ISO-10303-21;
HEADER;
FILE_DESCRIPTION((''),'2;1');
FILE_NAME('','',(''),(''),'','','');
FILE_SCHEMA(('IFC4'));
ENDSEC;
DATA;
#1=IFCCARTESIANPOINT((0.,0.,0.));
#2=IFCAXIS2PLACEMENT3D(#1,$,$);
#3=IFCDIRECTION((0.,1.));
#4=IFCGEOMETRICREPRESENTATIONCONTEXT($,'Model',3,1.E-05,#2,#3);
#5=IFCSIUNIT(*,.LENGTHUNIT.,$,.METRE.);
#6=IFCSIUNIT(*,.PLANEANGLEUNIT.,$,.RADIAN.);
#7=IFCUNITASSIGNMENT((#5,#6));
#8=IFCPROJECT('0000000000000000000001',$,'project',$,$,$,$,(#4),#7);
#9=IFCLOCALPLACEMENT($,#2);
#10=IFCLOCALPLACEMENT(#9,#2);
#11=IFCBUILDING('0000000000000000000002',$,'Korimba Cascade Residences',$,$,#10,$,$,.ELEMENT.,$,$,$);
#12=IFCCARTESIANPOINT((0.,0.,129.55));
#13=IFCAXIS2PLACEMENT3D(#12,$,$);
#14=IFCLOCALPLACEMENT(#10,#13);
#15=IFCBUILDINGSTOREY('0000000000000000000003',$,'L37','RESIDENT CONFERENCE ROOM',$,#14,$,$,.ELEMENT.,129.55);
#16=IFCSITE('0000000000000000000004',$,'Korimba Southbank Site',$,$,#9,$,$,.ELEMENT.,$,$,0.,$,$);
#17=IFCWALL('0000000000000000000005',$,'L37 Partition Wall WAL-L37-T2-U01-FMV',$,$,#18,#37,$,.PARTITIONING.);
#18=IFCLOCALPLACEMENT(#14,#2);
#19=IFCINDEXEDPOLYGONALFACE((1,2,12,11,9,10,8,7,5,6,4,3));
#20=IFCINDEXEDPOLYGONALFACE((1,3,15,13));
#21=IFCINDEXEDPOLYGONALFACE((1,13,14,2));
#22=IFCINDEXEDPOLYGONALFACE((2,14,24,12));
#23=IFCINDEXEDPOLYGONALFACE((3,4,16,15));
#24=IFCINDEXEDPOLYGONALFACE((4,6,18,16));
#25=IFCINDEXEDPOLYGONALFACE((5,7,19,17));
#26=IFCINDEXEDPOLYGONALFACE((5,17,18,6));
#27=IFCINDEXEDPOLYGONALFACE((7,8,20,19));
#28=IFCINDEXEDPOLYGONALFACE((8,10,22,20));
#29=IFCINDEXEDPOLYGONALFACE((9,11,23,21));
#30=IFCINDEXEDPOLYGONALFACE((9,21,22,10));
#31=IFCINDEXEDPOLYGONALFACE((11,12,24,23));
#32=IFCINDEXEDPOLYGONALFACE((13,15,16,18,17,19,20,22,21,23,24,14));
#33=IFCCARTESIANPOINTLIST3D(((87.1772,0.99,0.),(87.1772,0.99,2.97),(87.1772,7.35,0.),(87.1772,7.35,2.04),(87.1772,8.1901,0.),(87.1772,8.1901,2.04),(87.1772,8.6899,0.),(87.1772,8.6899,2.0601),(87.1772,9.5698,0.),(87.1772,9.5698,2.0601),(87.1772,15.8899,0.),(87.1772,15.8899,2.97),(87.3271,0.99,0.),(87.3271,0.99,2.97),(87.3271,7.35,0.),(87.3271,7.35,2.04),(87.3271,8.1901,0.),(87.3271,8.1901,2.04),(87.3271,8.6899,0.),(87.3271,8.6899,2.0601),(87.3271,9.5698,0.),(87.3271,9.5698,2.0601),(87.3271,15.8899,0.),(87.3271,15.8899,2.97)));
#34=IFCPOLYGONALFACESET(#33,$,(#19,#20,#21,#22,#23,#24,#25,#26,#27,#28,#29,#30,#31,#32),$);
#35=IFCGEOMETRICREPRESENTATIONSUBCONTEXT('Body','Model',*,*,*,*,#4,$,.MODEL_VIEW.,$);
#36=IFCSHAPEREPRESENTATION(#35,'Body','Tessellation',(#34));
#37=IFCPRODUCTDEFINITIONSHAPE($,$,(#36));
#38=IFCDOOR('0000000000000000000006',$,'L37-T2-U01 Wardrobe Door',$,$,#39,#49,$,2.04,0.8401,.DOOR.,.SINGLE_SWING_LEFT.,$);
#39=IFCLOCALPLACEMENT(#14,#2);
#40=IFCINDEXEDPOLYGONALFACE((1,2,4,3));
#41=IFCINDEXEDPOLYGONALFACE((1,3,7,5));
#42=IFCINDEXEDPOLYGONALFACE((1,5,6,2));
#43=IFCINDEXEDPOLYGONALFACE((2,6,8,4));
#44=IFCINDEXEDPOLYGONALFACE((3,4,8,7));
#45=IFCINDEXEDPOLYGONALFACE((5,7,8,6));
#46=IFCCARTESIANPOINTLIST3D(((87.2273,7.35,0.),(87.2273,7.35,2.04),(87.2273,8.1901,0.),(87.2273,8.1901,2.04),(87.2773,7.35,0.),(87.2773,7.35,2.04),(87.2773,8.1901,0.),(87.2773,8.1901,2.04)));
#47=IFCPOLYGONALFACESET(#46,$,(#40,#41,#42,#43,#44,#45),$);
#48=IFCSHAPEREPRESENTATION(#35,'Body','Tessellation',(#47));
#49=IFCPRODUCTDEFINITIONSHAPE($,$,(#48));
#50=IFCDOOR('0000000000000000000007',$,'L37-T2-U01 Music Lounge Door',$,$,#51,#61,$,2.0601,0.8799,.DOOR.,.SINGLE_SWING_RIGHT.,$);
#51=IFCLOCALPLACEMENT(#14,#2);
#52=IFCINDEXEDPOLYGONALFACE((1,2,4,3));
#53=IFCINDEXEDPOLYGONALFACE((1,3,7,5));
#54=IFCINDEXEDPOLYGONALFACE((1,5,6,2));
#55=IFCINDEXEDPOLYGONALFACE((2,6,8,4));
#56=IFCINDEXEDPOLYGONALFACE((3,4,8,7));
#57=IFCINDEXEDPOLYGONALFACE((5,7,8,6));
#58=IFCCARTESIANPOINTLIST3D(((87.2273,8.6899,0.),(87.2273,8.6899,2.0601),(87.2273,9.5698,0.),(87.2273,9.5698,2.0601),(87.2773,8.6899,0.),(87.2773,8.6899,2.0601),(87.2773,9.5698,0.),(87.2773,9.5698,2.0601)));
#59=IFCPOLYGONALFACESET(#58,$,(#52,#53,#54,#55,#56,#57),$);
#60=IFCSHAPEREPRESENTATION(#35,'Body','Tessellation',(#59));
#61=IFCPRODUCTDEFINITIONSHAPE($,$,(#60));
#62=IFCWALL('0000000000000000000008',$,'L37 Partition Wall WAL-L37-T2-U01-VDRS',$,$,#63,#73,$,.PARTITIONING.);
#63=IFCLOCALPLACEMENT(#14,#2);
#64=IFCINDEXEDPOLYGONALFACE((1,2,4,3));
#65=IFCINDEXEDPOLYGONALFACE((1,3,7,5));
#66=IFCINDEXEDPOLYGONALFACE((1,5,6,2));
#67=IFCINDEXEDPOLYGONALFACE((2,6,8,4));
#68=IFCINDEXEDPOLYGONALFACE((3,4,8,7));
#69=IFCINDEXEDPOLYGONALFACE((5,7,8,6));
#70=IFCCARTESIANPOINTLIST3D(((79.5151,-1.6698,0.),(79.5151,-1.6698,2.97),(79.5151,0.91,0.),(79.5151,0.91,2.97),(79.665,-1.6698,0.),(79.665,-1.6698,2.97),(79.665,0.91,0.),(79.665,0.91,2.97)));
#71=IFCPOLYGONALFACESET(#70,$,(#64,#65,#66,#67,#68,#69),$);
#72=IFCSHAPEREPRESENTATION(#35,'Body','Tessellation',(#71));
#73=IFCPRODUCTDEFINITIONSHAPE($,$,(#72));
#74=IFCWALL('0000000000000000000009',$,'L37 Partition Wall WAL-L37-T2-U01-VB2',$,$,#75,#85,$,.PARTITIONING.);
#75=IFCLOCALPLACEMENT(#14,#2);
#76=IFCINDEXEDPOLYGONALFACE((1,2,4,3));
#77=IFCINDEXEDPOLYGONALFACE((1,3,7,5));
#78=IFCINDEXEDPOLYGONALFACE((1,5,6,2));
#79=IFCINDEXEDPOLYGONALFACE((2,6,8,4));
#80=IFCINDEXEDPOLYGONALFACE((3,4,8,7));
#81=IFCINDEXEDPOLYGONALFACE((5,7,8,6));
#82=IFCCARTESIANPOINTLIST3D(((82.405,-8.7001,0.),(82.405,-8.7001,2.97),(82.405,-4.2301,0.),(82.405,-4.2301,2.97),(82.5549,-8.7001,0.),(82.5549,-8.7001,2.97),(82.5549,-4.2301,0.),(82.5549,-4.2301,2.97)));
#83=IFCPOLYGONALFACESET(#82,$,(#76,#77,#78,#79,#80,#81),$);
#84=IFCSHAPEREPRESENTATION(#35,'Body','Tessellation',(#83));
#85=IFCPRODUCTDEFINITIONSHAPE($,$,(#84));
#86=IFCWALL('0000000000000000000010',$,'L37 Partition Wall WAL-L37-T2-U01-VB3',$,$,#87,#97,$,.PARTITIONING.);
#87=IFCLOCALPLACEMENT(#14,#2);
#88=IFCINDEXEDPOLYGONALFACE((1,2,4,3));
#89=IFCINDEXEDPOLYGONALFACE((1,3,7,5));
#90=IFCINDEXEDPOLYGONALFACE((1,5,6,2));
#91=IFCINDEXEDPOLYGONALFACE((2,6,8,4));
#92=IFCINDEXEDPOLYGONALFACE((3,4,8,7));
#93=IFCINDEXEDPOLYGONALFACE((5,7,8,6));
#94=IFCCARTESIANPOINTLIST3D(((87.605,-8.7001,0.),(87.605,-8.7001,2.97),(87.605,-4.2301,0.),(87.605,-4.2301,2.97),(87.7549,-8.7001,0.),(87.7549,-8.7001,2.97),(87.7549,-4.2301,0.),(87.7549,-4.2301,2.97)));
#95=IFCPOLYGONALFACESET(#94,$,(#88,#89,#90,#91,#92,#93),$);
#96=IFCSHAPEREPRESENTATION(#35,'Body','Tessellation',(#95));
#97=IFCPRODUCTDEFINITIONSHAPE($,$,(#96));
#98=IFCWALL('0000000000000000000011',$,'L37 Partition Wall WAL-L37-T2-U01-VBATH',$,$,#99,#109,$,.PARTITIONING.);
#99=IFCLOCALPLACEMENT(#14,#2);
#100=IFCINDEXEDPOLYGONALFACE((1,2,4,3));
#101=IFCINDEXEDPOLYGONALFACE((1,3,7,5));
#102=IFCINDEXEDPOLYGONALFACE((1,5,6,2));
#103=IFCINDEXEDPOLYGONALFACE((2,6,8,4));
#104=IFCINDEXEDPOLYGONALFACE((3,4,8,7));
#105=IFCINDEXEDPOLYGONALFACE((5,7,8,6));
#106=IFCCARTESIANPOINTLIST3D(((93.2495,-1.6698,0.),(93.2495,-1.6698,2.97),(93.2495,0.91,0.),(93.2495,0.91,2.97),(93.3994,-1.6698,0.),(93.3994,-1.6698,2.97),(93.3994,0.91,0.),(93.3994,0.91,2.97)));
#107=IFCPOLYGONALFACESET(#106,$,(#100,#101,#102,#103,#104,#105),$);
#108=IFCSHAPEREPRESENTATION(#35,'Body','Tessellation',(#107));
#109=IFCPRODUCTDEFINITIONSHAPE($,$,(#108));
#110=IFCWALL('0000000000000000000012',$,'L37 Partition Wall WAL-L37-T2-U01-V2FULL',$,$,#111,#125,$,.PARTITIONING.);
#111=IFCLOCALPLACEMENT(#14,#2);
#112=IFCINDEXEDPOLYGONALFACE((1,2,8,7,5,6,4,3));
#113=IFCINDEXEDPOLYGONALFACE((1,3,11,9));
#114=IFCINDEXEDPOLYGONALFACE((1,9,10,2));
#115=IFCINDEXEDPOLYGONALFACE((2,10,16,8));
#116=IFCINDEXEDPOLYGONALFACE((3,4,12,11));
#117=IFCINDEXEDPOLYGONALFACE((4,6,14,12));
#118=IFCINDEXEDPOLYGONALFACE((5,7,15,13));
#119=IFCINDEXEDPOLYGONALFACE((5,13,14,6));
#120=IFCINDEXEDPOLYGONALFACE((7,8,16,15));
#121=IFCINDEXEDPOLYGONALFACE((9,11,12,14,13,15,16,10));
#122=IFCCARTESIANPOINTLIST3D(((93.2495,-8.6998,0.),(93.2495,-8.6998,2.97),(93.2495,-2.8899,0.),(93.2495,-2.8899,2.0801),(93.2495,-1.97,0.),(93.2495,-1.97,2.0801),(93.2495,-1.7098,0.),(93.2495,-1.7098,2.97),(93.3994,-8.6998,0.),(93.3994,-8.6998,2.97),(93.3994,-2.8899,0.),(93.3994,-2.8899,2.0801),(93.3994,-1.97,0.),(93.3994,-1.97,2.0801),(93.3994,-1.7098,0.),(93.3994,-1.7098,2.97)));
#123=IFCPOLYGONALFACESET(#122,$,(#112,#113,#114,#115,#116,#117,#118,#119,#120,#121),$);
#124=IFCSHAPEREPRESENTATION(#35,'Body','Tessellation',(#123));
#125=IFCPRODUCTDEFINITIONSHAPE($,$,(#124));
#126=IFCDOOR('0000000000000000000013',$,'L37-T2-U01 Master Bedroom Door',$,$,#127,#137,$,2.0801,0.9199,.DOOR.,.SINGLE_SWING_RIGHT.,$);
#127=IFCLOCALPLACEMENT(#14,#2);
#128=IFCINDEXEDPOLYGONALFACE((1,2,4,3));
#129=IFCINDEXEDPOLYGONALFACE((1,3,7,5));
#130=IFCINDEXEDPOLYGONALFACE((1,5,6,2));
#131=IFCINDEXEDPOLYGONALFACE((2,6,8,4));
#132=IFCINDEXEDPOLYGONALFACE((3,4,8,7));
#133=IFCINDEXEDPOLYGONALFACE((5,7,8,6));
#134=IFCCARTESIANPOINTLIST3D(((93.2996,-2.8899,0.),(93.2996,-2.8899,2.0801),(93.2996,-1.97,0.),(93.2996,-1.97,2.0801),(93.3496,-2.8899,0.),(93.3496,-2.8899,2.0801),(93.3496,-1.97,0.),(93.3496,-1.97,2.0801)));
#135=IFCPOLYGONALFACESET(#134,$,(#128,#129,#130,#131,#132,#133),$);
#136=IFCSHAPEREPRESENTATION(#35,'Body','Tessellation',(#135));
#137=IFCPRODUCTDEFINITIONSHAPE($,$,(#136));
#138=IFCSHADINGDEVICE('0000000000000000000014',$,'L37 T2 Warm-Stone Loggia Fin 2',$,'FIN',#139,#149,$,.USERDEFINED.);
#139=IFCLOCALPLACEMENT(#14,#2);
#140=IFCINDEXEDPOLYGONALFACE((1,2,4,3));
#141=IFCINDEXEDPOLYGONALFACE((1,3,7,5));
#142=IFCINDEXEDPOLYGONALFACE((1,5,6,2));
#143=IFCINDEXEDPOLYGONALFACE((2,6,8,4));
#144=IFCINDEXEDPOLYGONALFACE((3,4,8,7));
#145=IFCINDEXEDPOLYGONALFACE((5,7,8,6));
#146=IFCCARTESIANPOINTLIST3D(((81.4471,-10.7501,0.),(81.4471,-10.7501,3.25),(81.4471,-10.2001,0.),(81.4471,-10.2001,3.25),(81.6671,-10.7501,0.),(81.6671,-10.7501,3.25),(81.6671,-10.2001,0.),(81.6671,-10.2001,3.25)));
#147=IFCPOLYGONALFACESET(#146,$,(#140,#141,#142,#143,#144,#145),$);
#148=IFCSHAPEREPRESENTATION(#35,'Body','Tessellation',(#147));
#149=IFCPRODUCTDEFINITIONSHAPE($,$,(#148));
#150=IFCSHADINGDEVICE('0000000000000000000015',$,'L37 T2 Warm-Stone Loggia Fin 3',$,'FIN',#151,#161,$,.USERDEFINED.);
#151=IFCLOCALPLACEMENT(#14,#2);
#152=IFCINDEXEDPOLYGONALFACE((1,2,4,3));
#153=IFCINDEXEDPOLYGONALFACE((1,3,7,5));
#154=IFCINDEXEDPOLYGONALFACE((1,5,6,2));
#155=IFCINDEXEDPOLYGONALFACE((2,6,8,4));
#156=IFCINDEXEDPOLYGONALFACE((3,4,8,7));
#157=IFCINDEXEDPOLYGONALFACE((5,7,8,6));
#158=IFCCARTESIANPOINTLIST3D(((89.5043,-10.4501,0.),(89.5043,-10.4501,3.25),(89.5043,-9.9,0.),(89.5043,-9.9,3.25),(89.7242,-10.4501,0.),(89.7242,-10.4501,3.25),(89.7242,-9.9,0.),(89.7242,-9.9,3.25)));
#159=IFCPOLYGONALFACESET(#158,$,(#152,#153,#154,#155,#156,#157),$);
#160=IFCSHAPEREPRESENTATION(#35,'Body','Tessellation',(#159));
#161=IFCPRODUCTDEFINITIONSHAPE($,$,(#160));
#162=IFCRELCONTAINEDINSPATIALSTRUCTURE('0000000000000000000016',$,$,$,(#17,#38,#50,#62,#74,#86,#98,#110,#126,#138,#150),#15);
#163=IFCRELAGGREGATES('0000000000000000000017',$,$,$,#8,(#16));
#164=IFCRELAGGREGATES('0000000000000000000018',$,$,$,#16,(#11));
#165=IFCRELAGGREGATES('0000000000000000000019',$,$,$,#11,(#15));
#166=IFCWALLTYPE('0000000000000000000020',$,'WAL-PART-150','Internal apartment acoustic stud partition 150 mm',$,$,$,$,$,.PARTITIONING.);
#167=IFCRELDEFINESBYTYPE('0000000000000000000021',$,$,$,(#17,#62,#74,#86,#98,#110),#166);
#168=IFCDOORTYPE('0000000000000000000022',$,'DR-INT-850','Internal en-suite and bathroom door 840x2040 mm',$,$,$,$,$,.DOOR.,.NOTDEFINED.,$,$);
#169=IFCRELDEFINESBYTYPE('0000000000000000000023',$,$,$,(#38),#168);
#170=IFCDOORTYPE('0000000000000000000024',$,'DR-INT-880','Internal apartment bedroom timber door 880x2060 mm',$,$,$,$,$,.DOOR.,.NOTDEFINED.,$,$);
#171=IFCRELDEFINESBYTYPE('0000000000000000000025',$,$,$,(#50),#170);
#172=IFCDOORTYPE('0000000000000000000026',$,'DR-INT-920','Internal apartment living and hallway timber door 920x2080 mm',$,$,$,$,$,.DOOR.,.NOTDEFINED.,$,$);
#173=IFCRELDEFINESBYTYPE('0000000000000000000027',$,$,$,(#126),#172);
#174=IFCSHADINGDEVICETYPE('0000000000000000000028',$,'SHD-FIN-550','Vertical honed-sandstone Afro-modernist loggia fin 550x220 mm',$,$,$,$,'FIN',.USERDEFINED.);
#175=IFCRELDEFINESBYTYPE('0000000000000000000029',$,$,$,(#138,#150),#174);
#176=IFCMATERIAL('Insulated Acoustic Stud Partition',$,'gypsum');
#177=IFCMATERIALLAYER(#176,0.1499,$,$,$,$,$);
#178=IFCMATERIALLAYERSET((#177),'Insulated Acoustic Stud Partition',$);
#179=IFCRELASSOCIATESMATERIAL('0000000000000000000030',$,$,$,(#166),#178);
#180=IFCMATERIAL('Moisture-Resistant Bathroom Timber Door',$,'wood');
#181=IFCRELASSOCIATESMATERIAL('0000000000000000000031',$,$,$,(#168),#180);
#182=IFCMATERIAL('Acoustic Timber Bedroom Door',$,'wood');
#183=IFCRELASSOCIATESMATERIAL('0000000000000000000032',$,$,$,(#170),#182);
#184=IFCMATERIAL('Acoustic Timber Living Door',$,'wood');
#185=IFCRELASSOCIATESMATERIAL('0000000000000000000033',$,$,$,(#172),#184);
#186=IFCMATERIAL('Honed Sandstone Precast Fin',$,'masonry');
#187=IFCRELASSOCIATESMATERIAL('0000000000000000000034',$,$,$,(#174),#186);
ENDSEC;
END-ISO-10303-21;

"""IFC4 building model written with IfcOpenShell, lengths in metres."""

from ifc_helpers import new_model, si_unit, direction, frame, frame_2d, origin, origin_2d, place, context, subcontext, project, spatial, rectangle, extrude, material, layer, layer_set, type_object, element, fill, save


model = new_model("IFC4")

# Units and contexts
model_context = context("Model", 3, precision=1e-05, world=origin(), true_north=direction((0.0, 1.0)))
body_context = subcontext(model_context, "Body", "Model", "MODEL_VIEW")
ifc_project = project(units=[si_unit("LENGTHUNIT", "METRE"), si_unit("PLANEANGLEUNIT", "RADIAN")], contexts=[model_context])

# Site, building, storey
site_placement = place(None, origin())
site = spatial("IfcSite", under=ifc_project, at=site_placement, Name="Korimba Southbank Site", CompositionType="ELEMENT", RefElevation=0.0)
building_placement = place(site_placement, origin())
building = spatial("IfcBuilding", under=site, at=building_placement, Name="Korimba Cascade Residences", CompositionType="ELEMENT")
storey_placement = place(building_placement, frame((0.0, 0.0, 129.55)))
storey = spatial("IfcBuildingStorey", under=building, at=storey_placement, Name="L37", Description="RESIDENT CONFERENCE ROOM", CompositionType="ELEMENT", Elevation=129.55)

# Wall, openings, doors
ifc_material_1 = material(Name="Insulated Acoustic Stud Partition", Category="gypsum")
ifc_layer_1 = layer(ifc_material_1, 0.1499)
ifc_layer_set_1 = layer_set([ifc_layer_1], Name="Insulated Acoustic Stud Partition")
wall_type_1 = type_object("IfcWallType", Name="WAL-PART-150", Description="Internal apartment acoustic stud partition 150 mm", PredefinedType="PARTITIONING", material=ifc_layer_set_1)
wall_1_placement = place(storey_placement, frame((87.2522, 0.99, 0.0), z_axis=(0.0, 0.0, 1.0), x_axis=(0.0, 1.0, 0.0)))
wall_1 = element("IfcWall", 1, at=wall_1_placement, inside=storey, type_object=wall_type_1, Name="L37 Partition Wall WAL-L37-T2-U01-FMV", PredefinedType="PARTITIONING", context=body_context, shape_type="SweptSolid", body=[
    extrude(rectangle(XDim=14.8999, YDim=0.1499, at=frame_2d((7.45, 0.0))), origin(), (0.0, 0.0, 1.0), 2.97),
])
opening_1_placement = place(wall_1_placement, frame((6.3601, 0.0, 0.0)))
opening_1 = element("IfcOpeningElement", 2, at=opening_1_placement, cuts=wall_1, PredefinedType="OPENING", context=body_context, shape_type="SweptSolid", body=[
    extrude(rectangle(XDim=0.8401, YDim=2.04, at=frame_2d((0.4199, 1.02))), frame((0.0, 0.085, 0.0), z_axis=(0.0, -1.0, 0.0), x_axis=(1.0, 0.0, 0.0)), (0.0, 0.0, 1.0), 0.1699),
])
opening_2_placement = place(wall_1_placement, frame((7.7, 0.0, 0.0)))
opening_2 = element("IfcOpeningElement", 3, at=opening_2_placement, cuts=wall_1, PredefinedType="OPENING", context=body_context, shape_type="SweptSolid", body=[
    extrude(rectangle(XDim=0.8799, YDim=2.0601, at=frame_2d((0.4399, 1.03))), frame((0.0, 0.085, 0.0), z_axis=(0.0, -1.0, 0.0), x_axis=(1.0, 0.0, 0.0)), (0.0, 0.0, 1.0), 0.1699),
])
ifc_material_2 = material(Name="Moisture-Resistant Bathroom Timber Door", Category="wood")
door_type_1 = type_object("IfcDoorType", Name="DR-INT-850", Description="Internal en-suite and bathroom door 840x2040 mm", OperationType="NOTDEFINED", PredefinedType="DOOR", material=ifc_material_2)
door_1_placement = place(opening_1_placement, origin())
door_1 = element("IfcDoor", 4, at=door_1_placement, inside=storey, type_object=door_type_1, Name="L37-T2-U01 Wardrobe Door", OperationType="SINGLE_SWING_LEFT", OverallHeight=2.04, OverallWidth=0.8401, PredefinedType="DOOR", context=body_context, shape_type="SweptSolid", body=[
    extrude(rectangle(XDim=0.8401, YDim=2.04, at=frame_2d((0.4199, 1.02))), frame((0.0, 0.0249, 0.0), z_axis=(0.0, -1.0, 0.0), x_axis=(1.0, 0.0, 0.0)), (0.0, 0.0, 1.0), 0.05),
])
fill(opening_1, door_1)
ifc_material_3 = material(Name="Acoustic Timber Bedroom Door", Category="wood")
door_type_2 = type_object("IfcDoorType", Name="DR-INT-880", Description="Internal apartment bedroom timber door 880x2060 mm", OperationType="NOTDEFINED", PredefinedType="DOOR", material=ifc_material_3)
door_2_placement = place(opening_2_placement, origin())
door_2 = element("IfcDoor", 5, at=door_2_placement, inside=storey, type_object=door_type_2, Name="L37-T2-U01 Music Lounge Door", OperationType="SINGLE_SWING_RIGHT", OverallHeight=2.0601, OverallWidth=0.8799, PredefinedType="DOOR", context=body_context, shape_type="SweptSolid", body=[
    extrude(rectangle(XDim=0.8799, YDim=2.0601, at=frame_2d((0.4399, 1.03))), frame((0.0, 0.0249, 0.0), z_axis=(0.0, -1.0, 0.0), x_axis=(1.0, 0.0, 0.0)), (0.0, 0.0, 1.0), 0.05),
])
fill(opening_2, door_2)

# Walls
wall_2_placement = place(storey_placement, frame((79.5901, -1.6699, 0.0), z_axis=(0.0, 0.0, 1.0), x_axis=(0.0, 1.0, 0.0)))
element("IfcWall", 6, at=wall_2_placement, inside=storey, type_object=wall_type_1, Name="L37 Partition Wall WAL-L37-T2-U01-VDRS", PredefinedType="PARTITIONING", context=body_context, shape_type="SweptSolid", body=[
    extrude(rectangle(XDim=2.5798, YDim=0.1499, at=frame_2d((1.29, 0.0))), origin(), (0.0, 0.0, 1.0), 2.97),
])
for number, where, z_axis, x_axis, name in (
    (7, (82.48, -8.7, 0.0), (0.0, 0.0, 1.0), (0.0, 1.0, 0.0), "L37 Partition Wall WAL-L37-T2-U01-VB2"),
    (8, (87.6799, -8.7, 0.0), (0.0, 0.0, 1.0), (0.0, 1.0, 0.0), "L37 Partition Wall WAL-L37-T2-U01-VB3"),
):
    element("IfcWall", number, at=place(storey_placement, frame(where, z_axis=z_axis, x_axis=x_axis)), inside=storey, type_object=wall_type_1, Name=name, PredefinedType="PARTITIONING", context=body_context, shape_type="SweptSolid", body=[
        extrude(rectangle(XDim=4.47, YDim=0.1499, at=frame_2d((2.2349, 0.0))), origin(), (0.0, 0.0, 1.0), 2.97),
    ])
wall_3_placement = place(storey_placement, frame((93.3245, -1.6699, 0.0), z_axis=(0.0, 0.0, 1.0), x_axis=(0.0, 1.0, 0.0)))
element("IfcWall", 9, at=wall_3_placement, inside=storey, type_object=wall_type_1, Name="L37 Partition Wall WAL-L37-T2-U01-VBATH", PredefinedType="PARTITIONING", context=body_context, shape_type="SweptSolid", body=[
    extrude(rectangle(XDim=2.5798, YDim=0.1499, at=frame_2d((1.29, 0.0))), origin(), (0.0, 0.0, 1.0), 2.97),
])

# Wall, opening, door
wall_4_placement = place(storey_placement, frame((93.3245, -8.7, 0.0), z_axis=(0.0, 0.0, 1.0), x_axis=(0.0, 1.0, 0.0)))
wall_4 = element("IfcWall", 10, at=wall_4_placement, inside=storey, type_object=wall_type_1, Name="L37 Partition Wall WAL-L37-T2-U01-V2FULL", PredefinedType="PARTITIONING", context=body_context, shape_type="SweptSolid", body=[
    extrude(rectangle(XDim=6.99, YDim=0.1499, at=frame_2d((3.4951, 0.0))), origin(), (0.0, 0.0, 1.0), 2.97),
])
opening_3_placement = place(wall_4_placement, frame((5.8101, 0.0, 0.0)))
opening_3 = element("IfcOpeningElement", 11, at=opening_3_placement, cuts=wall_4, PredefinedType="OPENING", context=body_context, shape_type="SweptSolid", body=[
    extrude(rectangle(XDim=0.9199, YDim=2.0801, at=frame_2d((0.46, 1.04))), frame((0.0, 0.085, 0.0), z_axis=(0.0, -1.0, 0.0), x_axis=(1.0, 0.0, 0.0)), (0.0, 0.0, 1.0), 0.1699),
])
ifc_material_4 = material(Name="Acoustic Timber Living Door", Category="wood")
door_type_3 = type_object("IfcDoorType", Name="DR-INT-920", Description="Internal apartment living and hallway timber door 920x2080 mm", OperationType="NOTDEFINED", PredefinedType="DOOR", material=ifc_material_4)
door_3_placement = place(opening_3_placement, origin())
door_3 = element("IfcDoor", 12, at=door_3_placement, inside=storey, type_object=door_type_3, Name="L37-T2-U01 Master Bedroom Door", OperationType="SINGLE_SWING_RIGHT", OverallHeight=2.0801, OverallWidth=0.9199, PredefinedType="DOOR", context=body_context, shape_type="SweptSolid", body=[
    extrude(rectangle(XDim=0.9199, YDim=2.0801, at=frame_2d((0.46, 1.04))), frame((0.0, 0.0249, 0.0), z_axis=(0.0, -1.0, 0.0), x_axis=(1.0, 0.0, 0.0)), (0.0, 0.0, 1.0), 0.05),
])
fill(opening_3, door_3)

# Shading devices
ifc_material_5 = material(Name="Honed Sandstone Precast Fin", Category="masonry")
shading_device_type = type_object("IfcShadingDeviceType", Name="SHD-FIN-550", Description="Vertical honed-sandstone Afro-modernist loggia fin 550x220 mm", ElementType="FIN", PredefinedType="USERDEFINED", material=ifc_material_5)
for number, where, z_axis, x_axis, name in (
    (13, (81.5571, -10.4751, 0.0), (0.0, 0.0, 1.0), (1.0, 0.0, 0.0), "L37 T2 Warm-Stone Loggia Fin 2"),
    (14, (89.6143, -10.175, 0.0), (0.0, 0.0, 1.0), (1.0, 0.0, 0.0), "L37 T2 Warm-Stone Loggia Fin 3"),
):
    element("IfcShadingDevice", number, at=place(storey_placement, frame(where, z_axis=z_axis, x_axis=x_axis)), inside=storey, type_object=shading_device_type, Name=name, ObjectType="FIN", PredefinedType="USERDEFINED", context=body_context, shape_type="SweptSolid", body=[
        extrude(rectangle(XDim=0.22, YDim=0.55, at=origin_2d()), origin(), (0.0, 0.0, 1.0), 3.25),
    ])

save(model, "model.ifc")
